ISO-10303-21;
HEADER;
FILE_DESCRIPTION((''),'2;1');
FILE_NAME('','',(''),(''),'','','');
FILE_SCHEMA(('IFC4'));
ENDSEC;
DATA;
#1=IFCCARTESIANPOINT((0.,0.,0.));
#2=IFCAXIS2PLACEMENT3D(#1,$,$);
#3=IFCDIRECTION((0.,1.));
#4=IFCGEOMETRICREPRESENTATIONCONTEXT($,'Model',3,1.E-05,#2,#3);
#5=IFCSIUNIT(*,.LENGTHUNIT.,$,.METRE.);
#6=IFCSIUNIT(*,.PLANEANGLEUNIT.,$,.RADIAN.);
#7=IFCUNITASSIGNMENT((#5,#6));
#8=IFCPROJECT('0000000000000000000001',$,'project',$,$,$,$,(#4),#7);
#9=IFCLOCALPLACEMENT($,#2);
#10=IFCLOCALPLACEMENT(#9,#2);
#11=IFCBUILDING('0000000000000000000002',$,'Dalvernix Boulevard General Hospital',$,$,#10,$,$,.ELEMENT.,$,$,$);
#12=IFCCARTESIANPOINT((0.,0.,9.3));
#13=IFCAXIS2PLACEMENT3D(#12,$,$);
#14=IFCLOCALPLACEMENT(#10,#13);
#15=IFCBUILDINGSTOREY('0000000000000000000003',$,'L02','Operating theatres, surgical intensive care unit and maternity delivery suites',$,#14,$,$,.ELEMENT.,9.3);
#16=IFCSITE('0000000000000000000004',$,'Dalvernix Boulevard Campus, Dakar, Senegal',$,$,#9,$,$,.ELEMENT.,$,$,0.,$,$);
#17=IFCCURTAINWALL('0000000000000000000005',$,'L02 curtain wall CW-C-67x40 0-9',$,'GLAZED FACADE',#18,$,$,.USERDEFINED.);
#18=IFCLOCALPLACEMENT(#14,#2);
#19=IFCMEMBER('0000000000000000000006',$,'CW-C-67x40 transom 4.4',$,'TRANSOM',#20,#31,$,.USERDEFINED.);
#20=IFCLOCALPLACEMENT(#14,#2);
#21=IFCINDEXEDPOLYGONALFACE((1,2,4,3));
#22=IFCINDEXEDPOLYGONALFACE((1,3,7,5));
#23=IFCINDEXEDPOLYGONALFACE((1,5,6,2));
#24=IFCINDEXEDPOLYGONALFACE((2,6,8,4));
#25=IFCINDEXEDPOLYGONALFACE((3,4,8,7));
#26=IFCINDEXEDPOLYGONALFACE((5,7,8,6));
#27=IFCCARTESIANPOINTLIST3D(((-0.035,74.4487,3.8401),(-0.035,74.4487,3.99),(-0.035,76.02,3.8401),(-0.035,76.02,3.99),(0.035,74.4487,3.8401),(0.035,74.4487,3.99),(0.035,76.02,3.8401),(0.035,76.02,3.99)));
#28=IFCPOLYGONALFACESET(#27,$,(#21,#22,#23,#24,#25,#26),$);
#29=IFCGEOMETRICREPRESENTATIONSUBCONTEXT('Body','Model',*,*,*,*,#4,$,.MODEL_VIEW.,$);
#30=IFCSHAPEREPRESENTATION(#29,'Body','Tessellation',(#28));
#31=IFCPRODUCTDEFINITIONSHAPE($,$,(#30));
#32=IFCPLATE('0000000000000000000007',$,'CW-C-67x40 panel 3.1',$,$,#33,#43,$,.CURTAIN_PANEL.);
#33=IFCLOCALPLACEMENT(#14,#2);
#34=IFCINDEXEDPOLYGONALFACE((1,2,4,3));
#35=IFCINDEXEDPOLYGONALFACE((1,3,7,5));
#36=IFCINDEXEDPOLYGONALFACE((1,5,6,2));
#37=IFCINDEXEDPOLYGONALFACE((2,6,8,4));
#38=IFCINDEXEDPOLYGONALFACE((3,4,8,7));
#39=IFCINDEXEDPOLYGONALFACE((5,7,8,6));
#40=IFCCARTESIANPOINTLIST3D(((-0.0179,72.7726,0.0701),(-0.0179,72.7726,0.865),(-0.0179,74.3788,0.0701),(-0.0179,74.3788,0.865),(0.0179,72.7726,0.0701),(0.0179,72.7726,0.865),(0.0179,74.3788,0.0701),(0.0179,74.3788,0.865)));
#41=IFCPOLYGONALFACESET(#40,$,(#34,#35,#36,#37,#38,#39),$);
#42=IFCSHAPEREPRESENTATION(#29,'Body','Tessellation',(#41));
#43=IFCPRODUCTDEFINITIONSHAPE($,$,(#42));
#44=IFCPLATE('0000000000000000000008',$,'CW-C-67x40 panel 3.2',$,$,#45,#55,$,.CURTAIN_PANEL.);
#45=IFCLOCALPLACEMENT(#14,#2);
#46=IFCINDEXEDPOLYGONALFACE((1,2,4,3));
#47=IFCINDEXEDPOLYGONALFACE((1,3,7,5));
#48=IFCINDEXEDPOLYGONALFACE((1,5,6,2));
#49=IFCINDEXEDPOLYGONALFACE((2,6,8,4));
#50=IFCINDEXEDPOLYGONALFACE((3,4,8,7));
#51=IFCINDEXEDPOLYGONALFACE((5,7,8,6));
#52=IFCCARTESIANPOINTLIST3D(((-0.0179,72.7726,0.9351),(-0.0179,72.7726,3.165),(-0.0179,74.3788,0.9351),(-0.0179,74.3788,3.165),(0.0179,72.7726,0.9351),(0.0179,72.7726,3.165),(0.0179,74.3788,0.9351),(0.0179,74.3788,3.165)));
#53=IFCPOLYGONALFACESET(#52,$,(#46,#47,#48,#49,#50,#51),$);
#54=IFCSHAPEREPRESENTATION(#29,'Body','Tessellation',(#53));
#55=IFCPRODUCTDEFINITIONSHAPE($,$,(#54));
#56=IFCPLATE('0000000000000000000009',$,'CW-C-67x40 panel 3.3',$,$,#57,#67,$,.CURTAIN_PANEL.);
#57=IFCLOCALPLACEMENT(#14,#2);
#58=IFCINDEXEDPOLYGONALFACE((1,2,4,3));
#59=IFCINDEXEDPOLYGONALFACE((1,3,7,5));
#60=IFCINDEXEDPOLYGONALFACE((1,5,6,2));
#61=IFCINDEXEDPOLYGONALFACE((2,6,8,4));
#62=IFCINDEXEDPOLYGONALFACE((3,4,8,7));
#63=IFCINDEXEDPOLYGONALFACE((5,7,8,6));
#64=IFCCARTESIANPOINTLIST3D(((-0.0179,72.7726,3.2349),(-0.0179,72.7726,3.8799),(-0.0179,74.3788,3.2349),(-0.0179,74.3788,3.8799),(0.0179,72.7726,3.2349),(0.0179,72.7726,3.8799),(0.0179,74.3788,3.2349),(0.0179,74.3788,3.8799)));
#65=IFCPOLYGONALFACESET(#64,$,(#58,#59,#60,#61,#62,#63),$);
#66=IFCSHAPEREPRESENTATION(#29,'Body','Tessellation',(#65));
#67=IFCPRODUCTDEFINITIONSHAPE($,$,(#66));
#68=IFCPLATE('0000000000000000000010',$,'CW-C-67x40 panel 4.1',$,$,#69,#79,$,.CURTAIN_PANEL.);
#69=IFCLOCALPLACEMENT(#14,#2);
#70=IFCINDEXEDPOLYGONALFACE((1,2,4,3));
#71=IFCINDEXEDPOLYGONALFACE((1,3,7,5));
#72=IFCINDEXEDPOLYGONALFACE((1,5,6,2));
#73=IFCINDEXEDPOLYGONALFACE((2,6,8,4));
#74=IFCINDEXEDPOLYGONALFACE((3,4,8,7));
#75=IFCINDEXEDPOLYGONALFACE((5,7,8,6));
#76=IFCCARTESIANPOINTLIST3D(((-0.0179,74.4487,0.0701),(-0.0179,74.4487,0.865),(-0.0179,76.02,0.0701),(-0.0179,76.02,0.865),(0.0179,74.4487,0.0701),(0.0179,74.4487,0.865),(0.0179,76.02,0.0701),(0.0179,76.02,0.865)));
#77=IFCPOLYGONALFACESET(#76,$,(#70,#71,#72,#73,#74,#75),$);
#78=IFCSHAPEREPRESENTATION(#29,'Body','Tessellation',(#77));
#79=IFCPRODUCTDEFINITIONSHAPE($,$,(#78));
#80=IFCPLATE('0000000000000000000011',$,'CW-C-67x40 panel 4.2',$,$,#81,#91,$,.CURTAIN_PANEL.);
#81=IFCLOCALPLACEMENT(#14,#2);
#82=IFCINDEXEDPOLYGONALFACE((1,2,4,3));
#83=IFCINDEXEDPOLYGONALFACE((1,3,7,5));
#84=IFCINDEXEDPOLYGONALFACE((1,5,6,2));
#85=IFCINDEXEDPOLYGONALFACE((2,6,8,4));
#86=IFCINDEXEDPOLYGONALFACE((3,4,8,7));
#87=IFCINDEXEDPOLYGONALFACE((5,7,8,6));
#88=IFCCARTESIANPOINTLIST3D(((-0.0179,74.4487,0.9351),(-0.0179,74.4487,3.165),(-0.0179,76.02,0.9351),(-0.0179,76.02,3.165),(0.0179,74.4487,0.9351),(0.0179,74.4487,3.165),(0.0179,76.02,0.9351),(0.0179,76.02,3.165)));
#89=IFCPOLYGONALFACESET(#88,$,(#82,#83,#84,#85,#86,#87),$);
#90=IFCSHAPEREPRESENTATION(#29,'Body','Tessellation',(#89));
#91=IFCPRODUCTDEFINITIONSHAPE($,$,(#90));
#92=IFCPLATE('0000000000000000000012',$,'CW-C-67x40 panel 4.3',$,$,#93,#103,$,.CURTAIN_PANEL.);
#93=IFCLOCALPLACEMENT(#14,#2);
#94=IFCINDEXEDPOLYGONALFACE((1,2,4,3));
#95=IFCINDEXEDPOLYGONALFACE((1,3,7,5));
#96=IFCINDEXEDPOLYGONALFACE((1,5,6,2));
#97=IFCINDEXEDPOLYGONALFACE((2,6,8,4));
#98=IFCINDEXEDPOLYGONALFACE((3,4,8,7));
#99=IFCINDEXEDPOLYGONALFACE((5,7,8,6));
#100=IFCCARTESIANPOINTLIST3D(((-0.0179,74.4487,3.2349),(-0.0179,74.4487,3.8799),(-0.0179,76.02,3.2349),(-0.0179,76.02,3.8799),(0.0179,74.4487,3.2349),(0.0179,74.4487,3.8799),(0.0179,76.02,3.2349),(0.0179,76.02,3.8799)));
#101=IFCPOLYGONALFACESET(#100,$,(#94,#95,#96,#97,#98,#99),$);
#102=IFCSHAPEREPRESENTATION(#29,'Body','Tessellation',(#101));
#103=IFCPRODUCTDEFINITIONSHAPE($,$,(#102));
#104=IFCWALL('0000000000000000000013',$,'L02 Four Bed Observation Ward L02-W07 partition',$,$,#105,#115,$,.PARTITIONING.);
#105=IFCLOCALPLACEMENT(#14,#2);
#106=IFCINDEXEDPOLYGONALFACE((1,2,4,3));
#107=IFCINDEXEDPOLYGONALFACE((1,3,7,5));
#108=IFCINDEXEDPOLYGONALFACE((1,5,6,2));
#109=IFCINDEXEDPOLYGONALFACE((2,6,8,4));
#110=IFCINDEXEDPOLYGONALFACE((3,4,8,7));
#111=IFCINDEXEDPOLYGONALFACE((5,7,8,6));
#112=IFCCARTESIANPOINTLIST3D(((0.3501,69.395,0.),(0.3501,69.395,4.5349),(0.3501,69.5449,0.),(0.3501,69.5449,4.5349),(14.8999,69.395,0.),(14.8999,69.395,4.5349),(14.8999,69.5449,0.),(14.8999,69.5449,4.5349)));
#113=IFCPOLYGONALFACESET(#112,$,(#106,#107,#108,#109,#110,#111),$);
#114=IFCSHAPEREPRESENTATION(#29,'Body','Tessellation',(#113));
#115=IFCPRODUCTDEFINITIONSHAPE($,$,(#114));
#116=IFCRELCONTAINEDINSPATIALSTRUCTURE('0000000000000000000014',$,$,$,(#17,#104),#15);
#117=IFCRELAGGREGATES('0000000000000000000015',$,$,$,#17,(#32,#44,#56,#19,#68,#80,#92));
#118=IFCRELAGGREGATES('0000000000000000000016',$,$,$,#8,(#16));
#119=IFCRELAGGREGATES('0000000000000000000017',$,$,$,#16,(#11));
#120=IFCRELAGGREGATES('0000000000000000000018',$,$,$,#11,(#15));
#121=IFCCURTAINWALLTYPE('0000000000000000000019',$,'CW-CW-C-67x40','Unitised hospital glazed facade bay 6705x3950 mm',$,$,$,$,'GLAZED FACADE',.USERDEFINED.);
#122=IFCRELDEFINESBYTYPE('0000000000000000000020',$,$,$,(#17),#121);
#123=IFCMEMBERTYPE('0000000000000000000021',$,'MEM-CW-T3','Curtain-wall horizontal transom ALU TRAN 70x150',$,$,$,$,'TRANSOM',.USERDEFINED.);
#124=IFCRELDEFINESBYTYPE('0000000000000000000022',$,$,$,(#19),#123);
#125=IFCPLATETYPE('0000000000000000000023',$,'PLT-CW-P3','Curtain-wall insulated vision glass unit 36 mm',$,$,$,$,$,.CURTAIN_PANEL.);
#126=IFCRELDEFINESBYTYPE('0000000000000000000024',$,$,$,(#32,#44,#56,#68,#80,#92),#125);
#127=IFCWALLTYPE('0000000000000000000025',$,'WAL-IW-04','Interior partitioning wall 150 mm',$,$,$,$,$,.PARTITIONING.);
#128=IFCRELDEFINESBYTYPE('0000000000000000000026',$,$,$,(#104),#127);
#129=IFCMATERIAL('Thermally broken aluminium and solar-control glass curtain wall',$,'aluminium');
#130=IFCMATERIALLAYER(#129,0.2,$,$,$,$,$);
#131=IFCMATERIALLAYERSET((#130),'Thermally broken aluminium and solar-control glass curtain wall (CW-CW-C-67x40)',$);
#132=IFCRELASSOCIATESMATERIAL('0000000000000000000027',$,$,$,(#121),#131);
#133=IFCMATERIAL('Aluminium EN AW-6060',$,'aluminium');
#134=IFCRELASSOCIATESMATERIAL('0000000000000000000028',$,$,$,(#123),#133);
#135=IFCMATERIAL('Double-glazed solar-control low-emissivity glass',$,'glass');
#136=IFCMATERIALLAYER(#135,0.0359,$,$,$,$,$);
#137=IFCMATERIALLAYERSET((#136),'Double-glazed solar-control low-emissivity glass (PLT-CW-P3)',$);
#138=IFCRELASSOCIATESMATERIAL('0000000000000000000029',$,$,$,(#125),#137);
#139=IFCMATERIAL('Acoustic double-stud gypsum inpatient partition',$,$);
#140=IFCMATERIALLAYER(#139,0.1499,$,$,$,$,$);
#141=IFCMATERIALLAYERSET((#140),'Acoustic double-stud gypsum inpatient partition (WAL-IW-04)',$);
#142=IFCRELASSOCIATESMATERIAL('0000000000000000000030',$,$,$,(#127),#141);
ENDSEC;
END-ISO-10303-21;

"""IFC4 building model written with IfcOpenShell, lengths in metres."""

from ifc_helpers import new_model, si_unit, direction, frame, frame_2d, origin, origin_2d, place, context, subcontext, project, spatial, rectangle, extrude, material, layer, layer_set, material_profile, profile_set, type_object, element, aggregate, save


model = new_model("IFC4")

# Units and contexts
model_context = context("Model", 3, precision=1e-05, world=origin(), true_north=direction((0.0, 1.0)))
body_context = subcontext(model_context, "Body", "Model", "MODEL_VIEW")
ifc_project = project(units=[si_unit("LENGTHUNIT", "METRE"), si_unit("PLANEANGLEUNIT", "RADIAN")], contexts=[model_context])

# Site, building, storey
site_placement = place(None, origin())
site = spatial("IfcSite", under=ifc_project, at=site_placement, Name="Dalvernix Boulevard Campus, Dakar, Senegal", CompositionType="ELEMENT", RefElevation=0.0)
building_placement = place(site_placement, origin())
building = spatial("IfcBuilding", under=site, at=building_placement, Name="Dalvernix Boulevard General Hospital", CompositionType="ELEMENT")
storey_placement = place(building_placement, frame((0.0, 0.0, 9.3)))
storey = spatial("IfcBuildingStorey", under=building, at=storey_placement, Name="L02", Description="Operating theatres, surgical intensive care unit and maternity delivery suites", CompositionType="ELEMENT", Elevation=9.3)

# Curtain wall, member, plates
ifc_material_1 = material(Name="Thermally broken aluminium and solar-control glass curtain wall", Category="aluminium")
ifc_layer_1 = layer(ifc_material_1, 0.2)
ifc_layer_set_1 = layer_set([ifc_layer_1], Name="Thermally broken aluminium and solar-control glass curtain wall (CW-CW-C-67x40)")
curtain_wall_type = type_object("IfcCurtainWallType", Name="CW-CW-C-67x40", Description="Unitised hospital glazed facade bay 6705x3950 mm", ElementType="GLAZED FACADE", PredefinedType="USERDEFINED", material=ifc_layer_set_1)
curtain_wall_placement = place(storey_placement, origin())
curtain_wall = element("IfcCurtainWall", 1, at=curtain_wall_placement, inside=storey, type_object=curtain_wall_type, Name="L02 curtain wall CW-C-67x40 0-9", ObjectType="GLAZED FACADE", PredefinedType="USERDEFINED")
ifc_material_2 = material(Name="Aluminium EN AW-6060", Category="aluminium")
ifc_material_profile_1 = material_profile(ifc_material_2, rectangle(XDim=0.0701, YDim=0.1499, at=origin_2d()), Name="ALU TRAN 70x150")
ifc_profile_set_1 = profile_set([ifc_material_profile_1], Name="Aluminium EN AW-6060")
member_type_1 = type_object("IfcMemberType", Name="MEM-CW-T3", Description="Curtain-wall horizontal transom ALU TRAN 70x150", ElementType="TRANSOM", PredefinedType="USERDEFINED", material=ifc_profile_set_1)
member_1_placement = place(storey_placement, frame((0.0, 74.4487, 3.915), z_axis=(0.0, 1.0, 0.0), x_axis=(-1.0, 0.0, 0.0)))
member_1 = element("IfcMember", 2, at=member_1_placement, type_object=member_type_1, Name="CW-C-67x40 transom 4.4", ObjectType="TRANSOM", PredefinedType="USERDEFINED", context=body_context, shape_type="SweptSolid", body=[
    extrude(rectangle(XDim=0.0701, YDim=0.1499, at=origin_2d()), origin(), (0.0, 0.0, 1.0), 1.5713),
])
ifc_material_3 = material(Name="Double-glazed solar-control low-emissivity glass", Category="glass")
ifc_layer_2 = layer(ifc_material_3, 0.0359)
ifc_layer_set_2 = layer_set([ifc_layer_2], Name="Double-glazed solar-control low-emissivity glass (PLT-CW-P3)")
plate_type = type_object("IfcPlateType", Name="PLT-CW-P3", Description="Curtain-wall insulated vision glass unit 36 mm", PredefinedType="CURTAIN_PANEL", material=ifc_layer_set_2)
plate_1_placement = place(storey_placement, frame((0.0, 73.5757, 0.0701), z_axis=(0.0, 0.0, 1.0), x_axis=(0.0, 1.0, 0.0)))
plate_1 = element("IfcPlate", 3, at=plate_1_placement, type_object=plate_type, Name="CW-C-67x40 panel 3.1", PredefinedType="CURTAIN_PANEL", context=body_context, shape_type="SweptSolid", body=[
    extrude(rectangle(XDim=1.6062, YDim=0.0359, at=origin_2d()), origin(), (0.0, 0.0, 1.0), 0.7949),
])
plate_2_placement = place(storey_placement, frame((0.0, 73.5757, 0.9351), z_axis=(0.0, 0.0, 1.0), x_axis=(0.0, 1.0, 0.0)))
plate_2 = element("IfcPlate", 4, at=plate_2_placement, type_object=plate_type, Name="CW-C-67x40 panel 3.2", PredefinedType="CURTAIN_PANEL", context=body_context, shape_type="SweptSolid", body=[
    extrude(rectangle(XDim=1.6062, YDim=0.0359, at=origin_2d()), origin(), (0.0, 0.0, 1.0), 2.23),
])
plate_3_placement = place(storey_placement, frame((0.0, 73.5757, 3.2349), z_axis=(0.0, 0.0, 1.0), x_axis=(0.0, 1.0, 0.0)))
plate_3 = element("IfcPlate", 5, at=plate_3_placement, type_object=plate_type, Name="CW-C-67x40 panel 3.3", PredefinedType="CURTAIN_PANEL", context=body_context, shape_type="SweptSolid", body=[
    extrude(rectangle(XDim=1.6062, YDim=0.0359, at=origin_2d()), origin(), (0.0, 0.0, 1.0), 0.645),
])
plate_4_placement = place(storey_placement, frame((0.0, 75.2344, 0.0701), z_axis=(0.0, 0.0, 1.0), x_axis=(0.0, 1.0, 0.0)))
plate_4 = element("IfcPlate", 6, at=plate_4_placement, type_object=plate_type, Name="CW-C-67x40 panel 4.1", PredefinedType="CURTAIN_PANEL", context=body_context, shape_type="SweptSolid", body=[
    extrude(rectangle(XDim=1.5713, YDim=0.0359, at=origin_2d()), origin(), (0.0, 0.0, 1.0), 0.7949),
])
plate_5_placement = place(storey_placement, frame((0.0, 75.2344, 0.9351), z_axis=(0.0, 0.0, 1.0), x_axis=(0.0, 1.0, 0.0)))
plate_5 = element("IfcPlate", 7, at=plate_5_placement, type_object=plate_type, Name="CW-C-67x40 panel 4.2", PredefinedType="CURTAIN_PANEL", context=body_context, shape_type="SweptSolid", body=[
    extrude(rectangle(XDim=1.5713, YDim=0.0359, at=origin_2d()), origin(), (0.0, 0.0, 1.0), 2.23),
])
plate_6_placement = place(storey_placement, frame((0.0, 75.2344, 3.2349), z_axis=(0.0, 0.0, 1.0), x_axis=(0.0, 1.0, 0.0)))
plate_6 = element("IfcPlate", 8, at=plate_6_placement, type_object=plate_type, Name="CW-C-67x40 panel 4.3", PredefinedType="CURTAIN_PANEL", context=body_context, shape_type="SweptSolid", body=[
    extrude(rectangle(XDim=1.5713, YDim=0.0359, at=origin_2d()), origin(), (0.0, 0.0, 1.0), 0.645),
])
aggregate(curtain_wall, [plate_1, plate_2, plate_3, member_1, plate_4, plate_5, plate_6])

# Wall
ifc_material_4 = material(Name="Acoustic double-stud gypsum inpatient partition")
ifc_layer_3 = layer(ifc_material_4, 0.1499)
ifc_layer_set_3 = layer_set([ifc_layer_3], Name="Acoustic double-stud gypsum inpatient partition (WAL-IW-04)")
wall_type = type_object("IfcWallType", Name="WAL-IW-04", Description="Interior partitioning wall 150 mm", PredefinedType="PARTITIONING", material=ifc_layer_set_3)
wall_placement = place(storey_placement, frame((0.3501, 69.47, 0.0), z_axis=(0.0, 0.0, 1.0), x_axis=(1.0, 0.0, 0.0)))
element("IfcWall", 9, at=wall_placement, inside=storey, type_object=wall_type, Name="L02 Four Bed Observation Ward L02-W07 partition", PredefinedType="PARTITIONING", context=body_context, shape_type="SweptSolid", body=[
    extrude(rectangle(XDim=14.5498, YDim=0.1499, at=frame_2d((7.2749, 0.0))), origin(), (0.0, 0.0, 1.0), 4.5349),
])

save(model, "model.ifc")
